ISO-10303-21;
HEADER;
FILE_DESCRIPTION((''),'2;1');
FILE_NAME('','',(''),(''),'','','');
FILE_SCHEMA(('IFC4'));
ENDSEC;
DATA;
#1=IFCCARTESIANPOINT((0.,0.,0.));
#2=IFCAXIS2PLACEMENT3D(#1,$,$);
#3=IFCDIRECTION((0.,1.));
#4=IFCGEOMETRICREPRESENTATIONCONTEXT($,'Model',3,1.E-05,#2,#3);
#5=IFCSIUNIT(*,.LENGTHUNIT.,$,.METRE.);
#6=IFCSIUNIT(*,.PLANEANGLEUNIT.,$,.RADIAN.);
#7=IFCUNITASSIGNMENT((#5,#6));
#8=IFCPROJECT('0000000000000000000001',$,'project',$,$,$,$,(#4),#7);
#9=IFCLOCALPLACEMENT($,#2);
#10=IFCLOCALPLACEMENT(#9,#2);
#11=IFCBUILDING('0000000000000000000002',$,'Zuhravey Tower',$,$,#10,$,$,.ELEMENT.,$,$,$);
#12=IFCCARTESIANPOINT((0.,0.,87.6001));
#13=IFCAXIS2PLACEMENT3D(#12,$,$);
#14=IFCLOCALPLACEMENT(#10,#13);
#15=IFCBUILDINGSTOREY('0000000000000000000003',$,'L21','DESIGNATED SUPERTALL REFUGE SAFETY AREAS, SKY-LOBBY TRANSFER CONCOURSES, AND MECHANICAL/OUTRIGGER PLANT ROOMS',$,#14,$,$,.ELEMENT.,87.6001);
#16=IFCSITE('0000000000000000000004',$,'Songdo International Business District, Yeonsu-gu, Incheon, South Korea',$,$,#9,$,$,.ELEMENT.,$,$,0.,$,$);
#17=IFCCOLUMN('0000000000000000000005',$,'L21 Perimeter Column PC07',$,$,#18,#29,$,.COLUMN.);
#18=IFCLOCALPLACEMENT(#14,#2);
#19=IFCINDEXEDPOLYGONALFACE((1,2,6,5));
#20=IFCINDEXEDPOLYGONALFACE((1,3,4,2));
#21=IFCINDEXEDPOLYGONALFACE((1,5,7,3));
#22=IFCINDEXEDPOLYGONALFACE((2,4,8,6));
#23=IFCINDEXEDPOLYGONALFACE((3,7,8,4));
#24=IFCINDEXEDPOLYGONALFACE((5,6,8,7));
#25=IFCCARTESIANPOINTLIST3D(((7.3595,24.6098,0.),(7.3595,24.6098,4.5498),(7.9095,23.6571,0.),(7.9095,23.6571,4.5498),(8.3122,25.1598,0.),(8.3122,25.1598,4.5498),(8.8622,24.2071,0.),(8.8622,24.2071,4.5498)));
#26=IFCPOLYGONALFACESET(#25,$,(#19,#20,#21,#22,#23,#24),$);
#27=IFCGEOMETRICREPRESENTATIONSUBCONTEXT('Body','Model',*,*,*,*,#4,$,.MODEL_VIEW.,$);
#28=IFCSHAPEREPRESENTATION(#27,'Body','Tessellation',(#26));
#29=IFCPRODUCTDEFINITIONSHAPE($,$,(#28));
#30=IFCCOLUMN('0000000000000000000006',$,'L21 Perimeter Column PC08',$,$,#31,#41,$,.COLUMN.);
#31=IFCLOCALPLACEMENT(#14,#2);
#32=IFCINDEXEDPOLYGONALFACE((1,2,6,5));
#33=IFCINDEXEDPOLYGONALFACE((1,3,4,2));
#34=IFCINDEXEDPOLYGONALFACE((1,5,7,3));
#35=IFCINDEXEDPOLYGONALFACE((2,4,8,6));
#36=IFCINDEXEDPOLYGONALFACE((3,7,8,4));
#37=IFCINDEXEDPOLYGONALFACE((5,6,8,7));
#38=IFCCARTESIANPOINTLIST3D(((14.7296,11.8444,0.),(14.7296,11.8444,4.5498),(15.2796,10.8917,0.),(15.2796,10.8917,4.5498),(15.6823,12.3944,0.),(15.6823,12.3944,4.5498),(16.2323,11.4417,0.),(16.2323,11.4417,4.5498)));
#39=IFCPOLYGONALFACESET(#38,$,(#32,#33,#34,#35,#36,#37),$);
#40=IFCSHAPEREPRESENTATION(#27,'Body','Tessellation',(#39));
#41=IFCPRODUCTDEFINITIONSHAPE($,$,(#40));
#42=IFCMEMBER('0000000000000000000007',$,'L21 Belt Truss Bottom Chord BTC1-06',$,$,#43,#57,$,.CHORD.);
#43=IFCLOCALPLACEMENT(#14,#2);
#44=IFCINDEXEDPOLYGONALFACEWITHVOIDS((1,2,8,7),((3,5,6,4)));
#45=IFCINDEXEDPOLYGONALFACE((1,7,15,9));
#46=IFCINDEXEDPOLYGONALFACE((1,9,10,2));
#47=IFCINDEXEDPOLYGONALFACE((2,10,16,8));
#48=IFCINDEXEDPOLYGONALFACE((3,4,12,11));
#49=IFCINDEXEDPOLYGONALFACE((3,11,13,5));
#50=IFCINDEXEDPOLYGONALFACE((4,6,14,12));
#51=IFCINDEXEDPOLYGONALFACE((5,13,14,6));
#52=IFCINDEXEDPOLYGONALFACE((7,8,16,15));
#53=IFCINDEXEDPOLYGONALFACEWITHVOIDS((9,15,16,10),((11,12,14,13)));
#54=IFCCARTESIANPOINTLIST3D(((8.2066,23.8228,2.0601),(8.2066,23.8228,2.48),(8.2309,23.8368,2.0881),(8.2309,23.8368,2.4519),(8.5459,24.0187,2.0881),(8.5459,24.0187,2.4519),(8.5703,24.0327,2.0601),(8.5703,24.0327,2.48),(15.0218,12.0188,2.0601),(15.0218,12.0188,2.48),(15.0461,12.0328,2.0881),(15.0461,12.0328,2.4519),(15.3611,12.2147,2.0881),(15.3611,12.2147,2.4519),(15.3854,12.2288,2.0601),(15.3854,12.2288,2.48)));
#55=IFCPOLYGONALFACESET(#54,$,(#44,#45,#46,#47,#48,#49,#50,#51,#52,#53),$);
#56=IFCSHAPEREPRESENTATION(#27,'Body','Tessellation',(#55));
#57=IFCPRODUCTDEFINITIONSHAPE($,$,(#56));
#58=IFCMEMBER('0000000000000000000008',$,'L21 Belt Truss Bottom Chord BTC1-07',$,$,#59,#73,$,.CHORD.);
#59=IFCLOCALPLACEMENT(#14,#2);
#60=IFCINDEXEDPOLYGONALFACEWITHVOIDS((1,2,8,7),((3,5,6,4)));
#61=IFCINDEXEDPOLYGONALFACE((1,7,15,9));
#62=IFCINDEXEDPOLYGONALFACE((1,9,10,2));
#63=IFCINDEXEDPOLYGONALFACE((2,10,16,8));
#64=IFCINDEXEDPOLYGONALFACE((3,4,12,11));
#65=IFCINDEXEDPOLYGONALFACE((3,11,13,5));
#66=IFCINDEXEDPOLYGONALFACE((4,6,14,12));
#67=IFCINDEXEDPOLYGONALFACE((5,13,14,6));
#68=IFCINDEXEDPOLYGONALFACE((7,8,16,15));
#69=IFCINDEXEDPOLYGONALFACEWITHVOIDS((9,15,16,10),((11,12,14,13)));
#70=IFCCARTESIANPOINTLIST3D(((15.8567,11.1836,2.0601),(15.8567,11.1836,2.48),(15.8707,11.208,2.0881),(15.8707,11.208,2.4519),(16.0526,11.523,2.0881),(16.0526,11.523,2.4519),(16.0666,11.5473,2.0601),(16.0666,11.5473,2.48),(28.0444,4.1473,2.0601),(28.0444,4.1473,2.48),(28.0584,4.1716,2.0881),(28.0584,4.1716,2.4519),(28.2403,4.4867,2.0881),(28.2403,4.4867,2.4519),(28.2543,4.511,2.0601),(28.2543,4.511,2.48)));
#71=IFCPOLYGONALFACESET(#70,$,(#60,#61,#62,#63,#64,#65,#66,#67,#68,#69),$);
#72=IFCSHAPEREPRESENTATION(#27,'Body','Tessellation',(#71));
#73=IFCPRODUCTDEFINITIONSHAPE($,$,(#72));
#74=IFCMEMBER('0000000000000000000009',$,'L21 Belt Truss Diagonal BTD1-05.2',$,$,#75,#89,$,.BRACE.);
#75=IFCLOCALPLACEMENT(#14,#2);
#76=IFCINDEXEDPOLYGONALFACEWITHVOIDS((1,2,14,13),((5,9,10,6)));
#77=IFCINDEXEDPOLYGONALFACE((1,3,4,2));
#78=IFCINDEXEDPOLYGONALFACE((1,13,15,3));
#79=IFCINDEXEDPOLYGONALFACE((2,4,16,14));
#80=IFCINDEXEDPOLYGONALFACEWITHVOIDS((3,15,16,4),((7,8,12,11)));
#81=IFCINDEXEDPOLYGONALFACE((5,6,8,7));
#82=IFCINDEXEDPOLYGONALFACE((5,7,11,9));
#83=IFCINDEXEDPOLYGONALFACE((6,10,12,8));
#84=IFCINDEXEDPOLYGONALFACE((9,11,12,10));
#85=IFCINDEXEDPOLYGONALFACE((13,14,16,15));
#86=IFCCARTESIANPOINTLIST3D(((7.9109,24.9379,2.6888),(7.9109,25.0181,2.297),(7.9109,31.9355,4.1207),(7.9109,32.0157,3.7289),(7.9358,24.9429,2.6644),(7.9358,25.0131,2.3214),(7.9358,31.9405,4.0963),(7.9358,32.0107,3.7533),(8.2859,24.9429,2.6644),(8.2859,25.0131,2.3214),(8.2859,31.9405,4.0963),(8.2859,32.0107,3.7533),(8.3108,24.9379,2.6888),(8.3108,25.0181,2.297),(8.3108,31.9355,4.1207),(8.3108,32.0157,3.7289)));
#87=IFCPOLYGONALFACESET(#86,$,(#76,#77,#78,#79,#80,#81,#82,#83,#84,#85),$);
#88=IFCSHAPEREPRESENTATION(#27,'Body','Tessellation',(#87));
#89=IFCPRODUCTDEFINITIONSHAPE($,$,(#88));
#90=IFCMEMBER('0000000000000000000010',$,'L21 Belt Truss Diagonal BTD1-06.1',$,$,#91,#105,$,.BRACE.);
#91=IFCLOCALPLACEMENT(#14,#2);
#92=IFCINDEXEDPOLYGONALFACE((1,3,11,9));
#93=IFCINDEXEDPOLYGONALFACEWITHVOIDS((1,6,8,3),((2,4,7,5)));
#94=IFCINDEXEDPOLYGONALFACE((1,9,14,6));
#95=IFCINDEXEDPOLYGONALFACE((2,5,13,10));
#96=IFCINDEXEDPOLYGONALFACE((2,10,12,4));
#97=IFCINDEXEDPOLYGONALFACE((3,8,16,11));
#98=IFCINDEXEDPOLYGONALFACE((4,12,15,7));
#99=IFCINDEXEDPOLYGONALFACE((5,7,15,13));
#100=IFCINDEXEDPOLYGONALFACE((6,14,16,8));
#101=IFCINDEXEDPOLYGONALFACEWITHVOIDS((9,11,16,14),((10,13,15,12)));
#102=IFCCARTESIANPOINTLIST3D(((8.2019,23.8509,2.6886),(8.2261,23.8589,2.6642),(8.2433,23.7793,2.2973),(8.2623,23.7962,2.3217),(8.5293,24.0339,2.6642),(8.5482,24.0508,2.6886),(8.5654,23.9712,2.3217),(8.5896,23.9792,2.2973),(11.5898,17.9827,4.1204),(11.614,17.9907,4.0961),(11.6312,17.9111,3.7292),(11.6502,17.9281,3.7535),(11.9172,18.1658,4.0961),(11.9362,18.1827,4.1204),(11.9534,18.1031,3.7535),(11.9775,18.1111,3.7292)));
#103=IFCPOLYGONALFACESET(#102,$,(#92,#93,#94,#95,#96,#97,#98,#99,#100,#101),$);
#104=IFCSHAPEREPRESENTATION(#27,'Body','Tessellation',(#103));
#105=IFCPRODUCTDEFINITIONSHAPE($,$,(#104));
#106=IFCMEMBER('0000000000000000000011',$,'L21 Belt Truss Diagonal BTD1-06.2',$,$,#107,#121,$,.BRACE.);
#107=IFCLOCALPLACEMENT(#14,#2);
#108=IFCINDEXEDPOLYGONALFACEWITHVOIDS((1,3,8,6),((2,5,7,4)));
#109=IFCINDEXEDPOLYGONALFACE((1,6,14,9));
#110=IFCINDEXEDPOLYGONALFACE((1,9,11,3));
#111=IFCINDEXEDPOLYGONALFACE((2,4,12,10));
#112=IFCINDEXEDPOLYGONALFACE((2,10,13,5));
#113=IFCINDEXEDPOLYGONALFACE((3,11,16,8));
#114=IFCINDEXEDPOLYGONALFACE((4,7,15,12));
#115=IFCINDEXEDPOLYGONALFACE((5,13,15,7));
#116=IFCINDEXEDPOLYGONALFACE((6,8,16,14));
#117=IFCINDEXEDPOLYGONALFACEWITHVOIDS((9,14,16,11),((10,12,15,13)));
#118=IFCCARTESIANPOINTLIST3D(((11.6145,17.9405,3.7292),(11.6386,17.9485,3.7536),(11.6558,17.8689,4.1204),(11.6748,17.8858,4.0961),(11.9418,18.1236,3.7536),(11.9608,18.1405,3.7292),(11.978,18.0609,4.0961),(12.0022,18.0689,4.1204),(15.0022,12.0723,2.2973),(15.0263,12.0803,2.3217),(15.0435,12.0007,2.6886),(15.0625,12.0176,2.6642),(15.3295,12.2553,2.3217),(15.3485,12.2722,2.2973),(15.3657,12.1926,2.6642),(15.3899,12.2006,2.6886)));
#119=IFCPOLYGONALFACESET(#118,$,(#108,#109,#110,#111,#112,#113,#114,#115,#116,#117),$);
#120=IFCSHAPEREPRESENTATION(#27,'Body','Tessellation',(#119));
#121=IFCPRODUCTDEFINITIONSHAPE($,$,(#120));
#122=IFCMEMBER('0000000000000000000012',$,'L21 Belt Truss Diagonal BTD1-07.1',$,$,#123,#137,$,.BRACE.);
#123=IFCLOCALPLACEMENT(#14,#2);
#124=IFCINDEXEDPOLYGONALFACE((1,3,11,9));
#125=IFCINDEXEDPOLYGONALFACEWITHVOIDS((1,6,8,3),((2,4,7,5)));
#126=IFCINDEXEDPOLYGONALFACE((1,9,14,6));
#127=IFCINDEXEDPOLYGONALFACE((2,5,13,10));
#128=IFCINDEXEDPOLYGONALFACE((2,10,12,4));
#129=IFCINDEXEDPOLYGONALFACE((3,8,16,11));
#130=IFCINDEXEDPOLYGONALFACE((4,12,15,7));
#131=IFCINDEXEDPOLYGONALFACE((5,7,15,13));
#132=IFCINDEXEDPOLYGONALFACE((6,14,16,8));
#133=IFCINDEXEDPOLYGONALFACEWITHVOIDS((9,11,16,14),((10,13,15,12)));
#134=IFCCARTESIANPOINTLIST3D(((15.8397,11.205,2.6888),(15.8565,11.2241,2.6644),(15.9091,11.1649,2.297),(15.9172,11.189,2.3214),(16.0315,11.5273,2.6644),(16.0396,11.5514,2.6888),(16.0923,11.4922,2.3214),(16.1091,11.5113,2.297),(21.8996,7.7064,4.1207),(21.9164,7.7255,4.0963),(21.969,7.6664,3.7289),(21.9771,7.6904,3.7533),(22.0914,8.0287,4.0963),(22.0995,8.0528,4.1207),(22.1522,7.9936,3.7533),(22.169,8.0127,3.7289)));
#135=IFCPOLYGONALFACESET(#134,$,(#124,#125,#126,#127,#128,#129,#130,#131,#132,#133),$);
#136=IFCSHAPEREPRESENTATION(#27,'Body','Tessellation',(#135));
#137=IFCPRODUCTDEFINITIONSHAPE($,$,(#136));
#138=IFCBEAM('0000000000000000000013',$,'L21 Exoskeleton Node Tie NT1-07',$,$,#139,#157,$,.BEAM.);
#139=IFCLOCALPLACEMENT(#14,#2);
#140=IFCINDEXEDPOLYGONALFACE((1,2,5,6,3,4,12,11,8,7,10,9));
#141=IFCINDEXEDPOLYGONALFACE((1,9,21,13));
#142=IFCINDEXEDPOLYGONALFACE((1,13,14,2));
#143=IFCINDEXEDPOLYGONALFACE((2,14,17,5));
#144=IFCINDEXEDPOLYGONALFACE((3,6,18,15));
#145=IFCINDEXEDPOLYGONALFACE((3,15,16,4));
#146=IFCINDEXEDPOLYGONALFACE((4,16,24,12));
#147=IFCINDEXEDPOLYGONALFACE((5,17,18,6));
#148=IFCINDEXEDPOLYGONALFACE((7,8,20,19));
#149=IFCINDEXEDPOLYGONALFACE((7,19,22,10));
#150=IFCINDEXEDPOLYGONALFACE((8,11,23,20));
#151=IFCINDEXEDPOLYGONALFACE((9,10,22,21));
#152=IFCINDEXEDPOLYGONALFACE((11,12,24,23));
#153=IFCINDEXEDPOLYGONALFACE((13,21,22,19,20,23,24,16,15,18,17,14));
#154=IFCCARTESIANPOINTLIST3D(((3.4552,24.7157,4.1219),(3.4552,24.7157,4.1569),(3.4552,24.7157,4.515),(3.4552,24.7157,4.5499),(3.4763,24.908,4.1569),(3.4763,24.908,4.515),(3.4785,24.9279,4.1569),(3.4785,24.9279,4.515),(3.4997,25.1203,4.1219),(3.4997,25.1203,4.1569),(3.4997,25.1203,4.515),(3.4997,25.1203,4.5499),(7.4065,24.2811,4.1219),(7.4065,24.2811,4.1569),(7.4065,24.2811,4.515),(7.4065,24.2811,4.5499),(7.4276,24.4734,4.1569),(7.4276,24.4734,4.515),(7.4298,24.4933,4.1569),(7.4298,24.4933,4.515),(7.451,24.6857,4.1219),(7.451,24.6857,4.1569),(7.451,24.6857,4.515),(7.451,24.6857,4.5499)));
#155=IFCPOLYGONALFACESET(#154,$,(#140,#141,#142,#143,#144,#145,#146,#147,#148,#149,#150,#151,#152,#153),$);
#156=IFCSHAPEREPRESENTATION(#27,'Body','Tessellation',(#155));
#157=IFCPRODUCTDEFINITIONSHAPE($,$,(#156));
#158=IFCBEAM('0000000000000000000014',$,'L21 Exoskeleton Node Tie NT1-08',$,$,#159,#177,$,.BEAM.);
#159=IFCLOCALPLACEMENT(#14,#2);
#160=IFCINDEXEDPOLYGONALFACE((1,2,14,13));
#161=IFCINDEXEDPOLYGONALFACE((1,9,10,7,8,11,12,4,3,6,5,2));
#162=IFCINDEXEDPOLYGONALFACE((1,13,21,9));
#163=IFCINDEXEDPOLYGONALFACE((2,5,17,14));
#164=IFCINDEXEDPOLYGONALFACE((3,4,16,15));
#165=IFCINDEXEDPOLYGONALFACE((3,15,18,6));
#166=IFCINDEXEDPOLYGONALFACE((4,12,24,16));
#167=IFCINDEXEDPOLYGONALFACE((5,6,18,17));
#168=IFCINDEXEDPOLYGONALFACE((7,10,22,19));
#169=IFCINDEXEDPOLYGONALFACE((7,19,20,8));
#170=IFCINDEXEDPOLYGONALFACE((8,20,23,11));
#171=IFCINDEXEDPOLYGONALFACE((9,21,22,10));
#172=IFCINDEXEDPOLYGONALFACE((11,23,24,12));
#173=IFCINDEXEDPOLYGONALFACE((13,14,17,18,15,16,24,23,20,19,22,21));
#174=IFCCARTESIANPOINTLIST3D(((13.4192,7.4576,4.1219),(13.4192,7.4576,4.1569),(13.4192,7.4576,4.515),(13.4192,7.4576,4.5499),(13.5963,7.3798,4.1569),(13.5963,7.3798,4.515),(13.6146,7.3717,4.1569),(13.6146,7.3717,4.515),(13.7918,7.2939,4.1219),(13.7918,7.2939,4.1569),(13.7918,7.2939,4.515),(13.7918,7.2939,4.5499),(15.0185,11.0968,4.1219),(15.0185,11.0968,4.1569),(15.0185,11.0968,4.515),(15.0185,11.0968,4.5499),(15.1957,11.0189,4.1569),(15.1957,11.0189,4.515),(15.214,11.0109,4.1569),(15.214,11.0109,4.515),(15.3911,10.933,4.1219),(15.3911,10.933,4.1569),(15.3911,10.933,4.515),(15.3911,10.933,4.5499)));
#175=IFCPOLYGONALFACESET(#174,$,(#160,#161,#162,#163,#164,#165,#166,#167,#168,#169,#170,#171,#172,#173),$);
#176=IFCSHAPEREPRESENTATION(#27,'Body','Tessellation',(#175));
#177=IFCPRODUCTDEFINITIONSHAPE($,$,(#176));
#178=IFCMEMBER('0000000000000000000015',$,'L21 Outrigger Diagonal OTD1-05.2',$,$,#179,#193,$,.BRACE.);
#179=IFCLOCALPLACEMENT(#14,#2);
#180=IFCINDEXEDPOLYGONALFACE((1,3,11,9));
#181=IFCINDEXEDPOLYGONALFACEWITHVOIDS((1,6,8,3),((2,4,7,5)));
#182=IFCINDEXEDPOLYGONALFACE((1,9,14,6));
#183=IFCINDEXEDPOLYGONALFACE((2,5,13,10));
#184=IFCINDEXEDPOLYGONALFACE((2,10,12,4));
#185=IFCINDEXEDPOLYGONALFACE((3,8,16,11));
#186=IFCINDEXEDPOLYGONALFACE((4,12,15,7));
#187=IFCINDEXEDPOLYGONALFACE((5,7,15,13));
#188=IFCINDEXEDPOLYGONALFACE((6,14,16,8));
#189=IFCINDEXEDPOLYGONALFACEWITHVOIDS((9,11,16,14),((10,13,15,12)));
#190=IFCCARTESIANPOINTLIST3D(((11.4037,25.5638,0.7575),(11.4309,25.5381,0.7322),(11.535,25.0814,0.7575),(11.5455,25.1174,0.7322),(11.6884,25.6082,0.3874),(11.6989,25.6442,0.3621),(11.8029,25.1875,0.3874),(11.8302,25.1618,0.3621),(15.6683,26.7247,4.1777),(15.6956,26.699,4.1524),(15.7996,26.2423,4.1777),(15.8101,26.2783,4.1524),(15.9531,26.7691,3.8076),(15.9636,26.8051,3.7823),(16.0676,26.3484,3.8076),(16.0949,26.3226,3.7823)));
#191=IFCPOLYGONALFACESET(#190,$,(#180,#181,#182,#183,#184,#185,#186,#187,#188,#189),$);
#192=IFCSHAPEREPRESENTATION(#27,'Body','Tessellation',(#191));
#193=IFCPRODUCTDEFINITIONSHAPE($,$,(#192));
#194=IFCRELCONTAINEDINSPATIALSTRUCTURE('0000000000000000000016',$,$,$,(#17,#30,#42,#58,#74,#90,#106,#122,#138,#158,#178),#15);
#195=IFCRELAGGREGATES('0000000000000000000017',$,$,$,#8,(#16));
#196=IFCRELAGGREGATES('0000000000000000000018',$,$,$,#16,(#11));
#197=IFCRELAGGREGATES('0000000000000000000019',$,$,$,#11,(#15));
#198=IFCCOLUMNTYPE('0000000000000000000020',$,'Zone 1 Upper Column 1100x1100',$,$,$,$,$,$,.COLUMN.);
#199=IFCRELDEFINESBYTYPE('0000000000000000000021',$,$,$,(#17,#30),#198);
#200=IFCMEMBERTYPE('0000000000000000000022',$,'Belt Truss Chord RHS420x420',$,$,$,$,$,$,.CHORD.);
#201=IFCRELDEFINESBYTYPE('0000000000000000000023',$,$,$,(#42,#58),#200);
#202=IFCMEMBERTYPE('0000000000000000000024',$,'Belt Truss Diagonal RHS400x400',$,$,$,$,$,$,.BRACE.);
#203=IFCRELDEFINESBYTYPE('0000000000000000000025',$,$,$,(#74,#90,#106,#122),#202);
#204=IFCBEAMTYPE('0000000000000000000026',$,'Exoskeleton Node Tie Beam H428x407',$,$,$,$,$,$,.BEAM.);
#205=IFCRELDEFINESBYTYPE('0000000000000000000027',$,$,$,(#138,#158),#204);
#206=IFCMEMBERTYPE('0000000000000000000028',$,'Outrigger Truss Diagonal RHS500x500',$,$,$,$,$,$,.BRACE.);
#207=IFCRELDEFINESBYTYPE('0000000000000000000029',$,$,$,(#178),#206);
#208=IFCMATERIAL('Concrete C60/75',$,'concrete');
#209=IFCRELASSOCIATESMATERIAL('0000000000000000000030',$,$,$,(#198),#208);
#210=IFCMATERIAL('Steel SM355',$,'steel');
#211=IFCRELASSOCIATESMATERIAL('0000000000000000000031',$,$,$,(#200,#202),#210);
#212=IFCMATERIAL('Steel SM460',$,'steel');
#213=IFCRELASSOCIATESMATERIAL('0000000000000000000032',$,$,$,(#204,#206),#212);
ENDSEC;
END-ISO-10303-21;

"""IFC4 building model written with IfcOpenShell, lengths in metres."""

from ifc_helpers import new_model, si_unit, direction, frame, origin, origin_2d, place, context, subcontext, project, spatial, rectangle, hollow_rectangle, i_section, extrude, material, material_profile, profile_set, type_object, element, save


model = new_model("IFC4")

# Units and contexts
model_context = context("Model", 3, precision=1e-05, world=origin(), true_north=direction((0.0, 1.0)))
body_context = subcontext(model_context, "Body", "Model", "MODEL_VIEW")
ifc_project = project(units=[si_unit("LENGTHUNIT", "METRE"), si_unit("PLANEANGLEUNIT", "RADIAN")], contexts=[model_context])

# Site, building, storey
site_placement = place(None, origin())
site = spatial("IfcSite", under=ifc_project, at=site_placement, Name="Songdo International Business District, Yeonsu-gu, Incheon, South Korea", CompositionType="ELEMENT", RefElevation=0.0)
building_placement = place(site_placement, origin())
building = spatial("IfcBuilding", under=site, at=building_placement, Name="Zuhravey Tower", CompositionType="ELEMENT")
storey_placement = place(building_placement, frame((0.0, 0.0, 87.6001)))
storey = spatial("IfcBuildingStorey", under=building, at=storey_placement, Name="L21", Description="DESIGNATED SUPERTALL REFUGE SAFETY AREAS, SKY-LOBBY TRANSFER CONCOURSES, AND MECHANICAL/OUTRIGGER PLANT ROOMS", CompositionType="ELEMENT", Elevation=87.6001)

# Columns
ifc_material_1 = material(Name="Concrete C60/75", Category="concrete")
ifc_material_profile_1 = material_profile(ifc_material_1, rectangle(XDim=1.1001, YDim=1.1001, at=origin_2d()), Name="RC-1100x1100")
ifc_profile_set_1 = profile_set([ifc_material_profile_1], Name="Concrete C60/75")
column_type = type_object("IfcColumnType", Name="Zone 1 Upper Column 1100x1100", PredefinedType="COLUMN", material=ifc_profile_set_1)
for number, where, z_axis, x_axis, name in (
    (1, (8.1108, 24.4084, 0.0), (0.0, 0.0, 1.0), (0.5, -0.866025, 0.0), "L21 Perimeter Column PC07"),
    (2, (15.481, 11.6431, 0.0), (0.0, 0.0, 1.0), (0.5, -0.866025, 0.0), "L21 Perimeter Column PC08"),
):
    element("IfcColumn", number, at=place(storey_placement, frame(where, z_axis=z_axis, x_axis=x_axis)), inside=storey, type_object=column_type, Name=name, PredefinedType="COLUMN", context=body_context, shape_type="SweptSolid", body=[
        extrude(rectangle(XDim=1.1001, YDim=1.1001, at=origin_2d()), origin(), (0.0, 0.0, 1.0), 4.5498),
    ])

# Members
ifc_material_2 = material(Name="Steel SM355", Category="steel")
ifc_material_profile_2 = material_profile(ifc_material_2, hollow_rectangle(XDim=0.4199, YDim=0.4199, WallThickness=0.0281, at=origin_2d()), Name="RHS-420x420x28")
ifc_profile_set_2 = profile_set([ifc_material_profile_2], Name="Steel SM355")
member_type_1 = type_object("IfcMemberType", Name="Belt Truss Chord RHS420x420", PredefinedType="CHORD", material=ifc_profile_set_2)
member_1_placement = place(storey_placement, frame((8.3884, 23.9277, 2.27), z_axis=(0.500009, -0.86602, 0.0), x_axis=(0.86602, 0.500009, 0.0)))
element("IfcMember", 3, at=member_1_placement, inside=storey, type_object=member_type_1, Name="L21 Belt Truss Bottom Chord BTC1-06", PredefinedType="CHORD", context=body_context, shape_type="SweptSolid", body=[
    extrude(hollow_rectangle(XDim=0.4199, YDim=0.4199, WallThickness=0.0281, at=origin_2d()), origin(), (0.0, 0.0, 1.0), 13.6301),
])
member_2_placement = place(storey_placement, frame((15.9617, 11.3655, 2.27), z_axis=(0.866032, -0.499988, 0.0), x_axis=(0.499988, 0.866032, 0.0)))
element("IfcMember", 4, at=member_2_placement, inside=storey, type_object=member_type_1, Name="L21 Belt Truss Bottom Chord BTC1-07", PredefinedType="CHORD", context=body_context, shape_type="SweptSolid", body=[
    extrude(hollow_rectangle(XDim=0.4199, YDim=0.4199, WallThickness=0.0281, at=origin_2d()), origin(), (0.0, 0.0, 1.0), 14.073),
])
ifc_material_profile_3 = material_profile(ifc_material_2, hollow_rectangle(XDim=0.3999, YDim=0.3999, WallThickness=0.0249, at=origin_2d()), Name="RHS-400x400x25")
ifc_profile_set_3 = profile_set([ifc_material_profile_3], Name="Steel SM355")
member_type_2 = type_object("IfcMemberType", Name="Belt Truss Diagonal RHS400x400", PredefinedType="BRACE", material=ifc_profile_set_3)
member_3_placement = place(storey_placement, frame((8.1108, 24.978, 2.4929), z_axis=(0.0, 0.979699, 0.200472), x_axis=(-1.0, 0.0, 0.0)))
element("IfcMember", 5, at=member_3_placement, inside=storey, type_object=member_type_2, Name="L21 Belt Truss Diagonal BTD1-05.2", PredefinedType="BRACE", context=body_context, shape_type="SweptSolid", body=[
    extrude(hollow_rectangle(XDim=0.3999, YDim=0.3999, WallThickness=0.0249, at=origin_2d()), origin(), (0.0, 0.0, 1.0), 7.1426),
])
for number, where, z_axis, x_axis, name in (
    (6, (8.3958, 23.915, 2.4929), (0.489192, -0.847316, 0.206753), (0.866028, 0.499995, 0.0), "L21 Belt Truss Diagonal BTD1-06.1"),
    (7, (15.196, 12.1365, 2.4929), (-0.489165, 0.847331, 0.206756), (-0.866044, -0.499968, 0.0), "L21 Belt Truss Diagonal BTD1-06.2"),
):
    element("IfcMember", number, at=place(storey_placement, frame(where, z_axis=z_axis, x_axis=x_axis)), inside=storey, type_object=member_type_2, Name=name, PredefinedType="BRACE", context=body_context, shape_type="SweptSolid", body=[
        extrude(hollow_rectangle(XDim=0.3999, YDim=0.3999, WallThickness=0.0249, at=origin_2d()), origin(), (0.0, 0.0, 1.0), 6.9255),
    ])
member_4_placement = place(storey_placement, frame((15.9744, 11.3582, 2.4929), z_axis=(0.848449, -0.489838, 0.200482), x_axis=(0.499989, 0.866032, 0.0)))
element("IfcMember", 8, at=member_4_placement, inside=storey, type_object=member_type_2, Name="L21 Belt Truss Diagonal BTD1-07.1", PredefinedType="BRACE", context=body_context, shape_type="SweptSolid", body=[
    extrude(hollow_rectangle(XDim=0.3999, YDim=0.3999, WallThickness=0.0249, at=origin_2d()), origin(), (0.0, 0.0, 1.0), 7.1423),
])

# Beams
ifc_material_3 = material(Name="Steel SM460", Category="steel")
ifc_material_profile_4 = material_profile(ifc_material_3, i_section(OverallWidth=0.407, OverallDepth=0.428, WebThickness=0.02, FlangeThickness=0.0349, at=origin_2d()), Name="H-428x407x20x35")
ifc_profile_set_4 = profile_set([ifc_material_profile_4], Name="Steel SM460")
beam_type_1 = type_object("IfcBeamType", Name="Exoskeleton Node Tie Beam H428x407", PredefinedType="BEAM", material=ifc_profile_set_4)
for number, where, z_axis, x_axis, name in (
    (9, (7.4287, 24.4834, 4.3359), (-0.994006, 0.109326, 0.0), (-0.109326, -0.994006, 0.0), "L21 Exoskeleton Node Tie NT1-07"),
    (10, (15.2048, 11.0149, 4.3359), (-0.402345, -0.915488, 0.0), (0.915488, -0.402345, 0.0), "L21 Exoskeleton Node Tie NT1-08"),
):
    element("IfcBeam", number, at=place(storey_placement, frame(where, z_axis=z_axis, x_axis=x_axis)), inside=storey, type_object=beam_type_1, Name=name, PredefinedType="BEAM", context=body_context, shape_type="SweptSolid", body=[
        extrude(i_section(OverallWidth=0.407, OverallDepth=0.428, WebThickness=0.02, FlangeThickness=0.0349, at=origin_2d()), origin(), (0.0, 0.0, 1.0), 3.9751),
    ])

# Member
ifc_material_profile_5 = material_profile(ifc_material_3, hollow_rectangle(XDim=0.5, YDim=0.5, WallThickness=0.032, at=origin_2d()), Name="RHS-500x500x32")
ifc_profile_set_5 = profile_set([ifc_material_profile_5], Name="Steel SM460")
member_type_3 = type_object("IfcMemberType", Name="Outrigger Truss Diagonal RHS500x500", PredefinedType="BRACE", material=ifc_profile_set_5)
member_5_placement = place(storey_placement, frame((11.6169, 25.3628, 0.5598), z_axis=(0.763098, 0.207725, 0.61199), x_axis=(-0.262655, 0.96489, 0.0)))
element("IfcMember", 11, at=member_5_placement, inside=storey, type_object=member_type_3, Name="L21 Outrigger Diagonal OTD1-05.2", PredefinedType="BRACE", context=body_context, shape_type="SweptSolid", body=[
    extrude(hollow_rectangle(XDim=0.5, YDim=0.5, WallThickness=0.032, at=origin_2d()), origin(), (0.0, 0.0, 1.0), 5.5886),
])

save(model, "model.ifc")
